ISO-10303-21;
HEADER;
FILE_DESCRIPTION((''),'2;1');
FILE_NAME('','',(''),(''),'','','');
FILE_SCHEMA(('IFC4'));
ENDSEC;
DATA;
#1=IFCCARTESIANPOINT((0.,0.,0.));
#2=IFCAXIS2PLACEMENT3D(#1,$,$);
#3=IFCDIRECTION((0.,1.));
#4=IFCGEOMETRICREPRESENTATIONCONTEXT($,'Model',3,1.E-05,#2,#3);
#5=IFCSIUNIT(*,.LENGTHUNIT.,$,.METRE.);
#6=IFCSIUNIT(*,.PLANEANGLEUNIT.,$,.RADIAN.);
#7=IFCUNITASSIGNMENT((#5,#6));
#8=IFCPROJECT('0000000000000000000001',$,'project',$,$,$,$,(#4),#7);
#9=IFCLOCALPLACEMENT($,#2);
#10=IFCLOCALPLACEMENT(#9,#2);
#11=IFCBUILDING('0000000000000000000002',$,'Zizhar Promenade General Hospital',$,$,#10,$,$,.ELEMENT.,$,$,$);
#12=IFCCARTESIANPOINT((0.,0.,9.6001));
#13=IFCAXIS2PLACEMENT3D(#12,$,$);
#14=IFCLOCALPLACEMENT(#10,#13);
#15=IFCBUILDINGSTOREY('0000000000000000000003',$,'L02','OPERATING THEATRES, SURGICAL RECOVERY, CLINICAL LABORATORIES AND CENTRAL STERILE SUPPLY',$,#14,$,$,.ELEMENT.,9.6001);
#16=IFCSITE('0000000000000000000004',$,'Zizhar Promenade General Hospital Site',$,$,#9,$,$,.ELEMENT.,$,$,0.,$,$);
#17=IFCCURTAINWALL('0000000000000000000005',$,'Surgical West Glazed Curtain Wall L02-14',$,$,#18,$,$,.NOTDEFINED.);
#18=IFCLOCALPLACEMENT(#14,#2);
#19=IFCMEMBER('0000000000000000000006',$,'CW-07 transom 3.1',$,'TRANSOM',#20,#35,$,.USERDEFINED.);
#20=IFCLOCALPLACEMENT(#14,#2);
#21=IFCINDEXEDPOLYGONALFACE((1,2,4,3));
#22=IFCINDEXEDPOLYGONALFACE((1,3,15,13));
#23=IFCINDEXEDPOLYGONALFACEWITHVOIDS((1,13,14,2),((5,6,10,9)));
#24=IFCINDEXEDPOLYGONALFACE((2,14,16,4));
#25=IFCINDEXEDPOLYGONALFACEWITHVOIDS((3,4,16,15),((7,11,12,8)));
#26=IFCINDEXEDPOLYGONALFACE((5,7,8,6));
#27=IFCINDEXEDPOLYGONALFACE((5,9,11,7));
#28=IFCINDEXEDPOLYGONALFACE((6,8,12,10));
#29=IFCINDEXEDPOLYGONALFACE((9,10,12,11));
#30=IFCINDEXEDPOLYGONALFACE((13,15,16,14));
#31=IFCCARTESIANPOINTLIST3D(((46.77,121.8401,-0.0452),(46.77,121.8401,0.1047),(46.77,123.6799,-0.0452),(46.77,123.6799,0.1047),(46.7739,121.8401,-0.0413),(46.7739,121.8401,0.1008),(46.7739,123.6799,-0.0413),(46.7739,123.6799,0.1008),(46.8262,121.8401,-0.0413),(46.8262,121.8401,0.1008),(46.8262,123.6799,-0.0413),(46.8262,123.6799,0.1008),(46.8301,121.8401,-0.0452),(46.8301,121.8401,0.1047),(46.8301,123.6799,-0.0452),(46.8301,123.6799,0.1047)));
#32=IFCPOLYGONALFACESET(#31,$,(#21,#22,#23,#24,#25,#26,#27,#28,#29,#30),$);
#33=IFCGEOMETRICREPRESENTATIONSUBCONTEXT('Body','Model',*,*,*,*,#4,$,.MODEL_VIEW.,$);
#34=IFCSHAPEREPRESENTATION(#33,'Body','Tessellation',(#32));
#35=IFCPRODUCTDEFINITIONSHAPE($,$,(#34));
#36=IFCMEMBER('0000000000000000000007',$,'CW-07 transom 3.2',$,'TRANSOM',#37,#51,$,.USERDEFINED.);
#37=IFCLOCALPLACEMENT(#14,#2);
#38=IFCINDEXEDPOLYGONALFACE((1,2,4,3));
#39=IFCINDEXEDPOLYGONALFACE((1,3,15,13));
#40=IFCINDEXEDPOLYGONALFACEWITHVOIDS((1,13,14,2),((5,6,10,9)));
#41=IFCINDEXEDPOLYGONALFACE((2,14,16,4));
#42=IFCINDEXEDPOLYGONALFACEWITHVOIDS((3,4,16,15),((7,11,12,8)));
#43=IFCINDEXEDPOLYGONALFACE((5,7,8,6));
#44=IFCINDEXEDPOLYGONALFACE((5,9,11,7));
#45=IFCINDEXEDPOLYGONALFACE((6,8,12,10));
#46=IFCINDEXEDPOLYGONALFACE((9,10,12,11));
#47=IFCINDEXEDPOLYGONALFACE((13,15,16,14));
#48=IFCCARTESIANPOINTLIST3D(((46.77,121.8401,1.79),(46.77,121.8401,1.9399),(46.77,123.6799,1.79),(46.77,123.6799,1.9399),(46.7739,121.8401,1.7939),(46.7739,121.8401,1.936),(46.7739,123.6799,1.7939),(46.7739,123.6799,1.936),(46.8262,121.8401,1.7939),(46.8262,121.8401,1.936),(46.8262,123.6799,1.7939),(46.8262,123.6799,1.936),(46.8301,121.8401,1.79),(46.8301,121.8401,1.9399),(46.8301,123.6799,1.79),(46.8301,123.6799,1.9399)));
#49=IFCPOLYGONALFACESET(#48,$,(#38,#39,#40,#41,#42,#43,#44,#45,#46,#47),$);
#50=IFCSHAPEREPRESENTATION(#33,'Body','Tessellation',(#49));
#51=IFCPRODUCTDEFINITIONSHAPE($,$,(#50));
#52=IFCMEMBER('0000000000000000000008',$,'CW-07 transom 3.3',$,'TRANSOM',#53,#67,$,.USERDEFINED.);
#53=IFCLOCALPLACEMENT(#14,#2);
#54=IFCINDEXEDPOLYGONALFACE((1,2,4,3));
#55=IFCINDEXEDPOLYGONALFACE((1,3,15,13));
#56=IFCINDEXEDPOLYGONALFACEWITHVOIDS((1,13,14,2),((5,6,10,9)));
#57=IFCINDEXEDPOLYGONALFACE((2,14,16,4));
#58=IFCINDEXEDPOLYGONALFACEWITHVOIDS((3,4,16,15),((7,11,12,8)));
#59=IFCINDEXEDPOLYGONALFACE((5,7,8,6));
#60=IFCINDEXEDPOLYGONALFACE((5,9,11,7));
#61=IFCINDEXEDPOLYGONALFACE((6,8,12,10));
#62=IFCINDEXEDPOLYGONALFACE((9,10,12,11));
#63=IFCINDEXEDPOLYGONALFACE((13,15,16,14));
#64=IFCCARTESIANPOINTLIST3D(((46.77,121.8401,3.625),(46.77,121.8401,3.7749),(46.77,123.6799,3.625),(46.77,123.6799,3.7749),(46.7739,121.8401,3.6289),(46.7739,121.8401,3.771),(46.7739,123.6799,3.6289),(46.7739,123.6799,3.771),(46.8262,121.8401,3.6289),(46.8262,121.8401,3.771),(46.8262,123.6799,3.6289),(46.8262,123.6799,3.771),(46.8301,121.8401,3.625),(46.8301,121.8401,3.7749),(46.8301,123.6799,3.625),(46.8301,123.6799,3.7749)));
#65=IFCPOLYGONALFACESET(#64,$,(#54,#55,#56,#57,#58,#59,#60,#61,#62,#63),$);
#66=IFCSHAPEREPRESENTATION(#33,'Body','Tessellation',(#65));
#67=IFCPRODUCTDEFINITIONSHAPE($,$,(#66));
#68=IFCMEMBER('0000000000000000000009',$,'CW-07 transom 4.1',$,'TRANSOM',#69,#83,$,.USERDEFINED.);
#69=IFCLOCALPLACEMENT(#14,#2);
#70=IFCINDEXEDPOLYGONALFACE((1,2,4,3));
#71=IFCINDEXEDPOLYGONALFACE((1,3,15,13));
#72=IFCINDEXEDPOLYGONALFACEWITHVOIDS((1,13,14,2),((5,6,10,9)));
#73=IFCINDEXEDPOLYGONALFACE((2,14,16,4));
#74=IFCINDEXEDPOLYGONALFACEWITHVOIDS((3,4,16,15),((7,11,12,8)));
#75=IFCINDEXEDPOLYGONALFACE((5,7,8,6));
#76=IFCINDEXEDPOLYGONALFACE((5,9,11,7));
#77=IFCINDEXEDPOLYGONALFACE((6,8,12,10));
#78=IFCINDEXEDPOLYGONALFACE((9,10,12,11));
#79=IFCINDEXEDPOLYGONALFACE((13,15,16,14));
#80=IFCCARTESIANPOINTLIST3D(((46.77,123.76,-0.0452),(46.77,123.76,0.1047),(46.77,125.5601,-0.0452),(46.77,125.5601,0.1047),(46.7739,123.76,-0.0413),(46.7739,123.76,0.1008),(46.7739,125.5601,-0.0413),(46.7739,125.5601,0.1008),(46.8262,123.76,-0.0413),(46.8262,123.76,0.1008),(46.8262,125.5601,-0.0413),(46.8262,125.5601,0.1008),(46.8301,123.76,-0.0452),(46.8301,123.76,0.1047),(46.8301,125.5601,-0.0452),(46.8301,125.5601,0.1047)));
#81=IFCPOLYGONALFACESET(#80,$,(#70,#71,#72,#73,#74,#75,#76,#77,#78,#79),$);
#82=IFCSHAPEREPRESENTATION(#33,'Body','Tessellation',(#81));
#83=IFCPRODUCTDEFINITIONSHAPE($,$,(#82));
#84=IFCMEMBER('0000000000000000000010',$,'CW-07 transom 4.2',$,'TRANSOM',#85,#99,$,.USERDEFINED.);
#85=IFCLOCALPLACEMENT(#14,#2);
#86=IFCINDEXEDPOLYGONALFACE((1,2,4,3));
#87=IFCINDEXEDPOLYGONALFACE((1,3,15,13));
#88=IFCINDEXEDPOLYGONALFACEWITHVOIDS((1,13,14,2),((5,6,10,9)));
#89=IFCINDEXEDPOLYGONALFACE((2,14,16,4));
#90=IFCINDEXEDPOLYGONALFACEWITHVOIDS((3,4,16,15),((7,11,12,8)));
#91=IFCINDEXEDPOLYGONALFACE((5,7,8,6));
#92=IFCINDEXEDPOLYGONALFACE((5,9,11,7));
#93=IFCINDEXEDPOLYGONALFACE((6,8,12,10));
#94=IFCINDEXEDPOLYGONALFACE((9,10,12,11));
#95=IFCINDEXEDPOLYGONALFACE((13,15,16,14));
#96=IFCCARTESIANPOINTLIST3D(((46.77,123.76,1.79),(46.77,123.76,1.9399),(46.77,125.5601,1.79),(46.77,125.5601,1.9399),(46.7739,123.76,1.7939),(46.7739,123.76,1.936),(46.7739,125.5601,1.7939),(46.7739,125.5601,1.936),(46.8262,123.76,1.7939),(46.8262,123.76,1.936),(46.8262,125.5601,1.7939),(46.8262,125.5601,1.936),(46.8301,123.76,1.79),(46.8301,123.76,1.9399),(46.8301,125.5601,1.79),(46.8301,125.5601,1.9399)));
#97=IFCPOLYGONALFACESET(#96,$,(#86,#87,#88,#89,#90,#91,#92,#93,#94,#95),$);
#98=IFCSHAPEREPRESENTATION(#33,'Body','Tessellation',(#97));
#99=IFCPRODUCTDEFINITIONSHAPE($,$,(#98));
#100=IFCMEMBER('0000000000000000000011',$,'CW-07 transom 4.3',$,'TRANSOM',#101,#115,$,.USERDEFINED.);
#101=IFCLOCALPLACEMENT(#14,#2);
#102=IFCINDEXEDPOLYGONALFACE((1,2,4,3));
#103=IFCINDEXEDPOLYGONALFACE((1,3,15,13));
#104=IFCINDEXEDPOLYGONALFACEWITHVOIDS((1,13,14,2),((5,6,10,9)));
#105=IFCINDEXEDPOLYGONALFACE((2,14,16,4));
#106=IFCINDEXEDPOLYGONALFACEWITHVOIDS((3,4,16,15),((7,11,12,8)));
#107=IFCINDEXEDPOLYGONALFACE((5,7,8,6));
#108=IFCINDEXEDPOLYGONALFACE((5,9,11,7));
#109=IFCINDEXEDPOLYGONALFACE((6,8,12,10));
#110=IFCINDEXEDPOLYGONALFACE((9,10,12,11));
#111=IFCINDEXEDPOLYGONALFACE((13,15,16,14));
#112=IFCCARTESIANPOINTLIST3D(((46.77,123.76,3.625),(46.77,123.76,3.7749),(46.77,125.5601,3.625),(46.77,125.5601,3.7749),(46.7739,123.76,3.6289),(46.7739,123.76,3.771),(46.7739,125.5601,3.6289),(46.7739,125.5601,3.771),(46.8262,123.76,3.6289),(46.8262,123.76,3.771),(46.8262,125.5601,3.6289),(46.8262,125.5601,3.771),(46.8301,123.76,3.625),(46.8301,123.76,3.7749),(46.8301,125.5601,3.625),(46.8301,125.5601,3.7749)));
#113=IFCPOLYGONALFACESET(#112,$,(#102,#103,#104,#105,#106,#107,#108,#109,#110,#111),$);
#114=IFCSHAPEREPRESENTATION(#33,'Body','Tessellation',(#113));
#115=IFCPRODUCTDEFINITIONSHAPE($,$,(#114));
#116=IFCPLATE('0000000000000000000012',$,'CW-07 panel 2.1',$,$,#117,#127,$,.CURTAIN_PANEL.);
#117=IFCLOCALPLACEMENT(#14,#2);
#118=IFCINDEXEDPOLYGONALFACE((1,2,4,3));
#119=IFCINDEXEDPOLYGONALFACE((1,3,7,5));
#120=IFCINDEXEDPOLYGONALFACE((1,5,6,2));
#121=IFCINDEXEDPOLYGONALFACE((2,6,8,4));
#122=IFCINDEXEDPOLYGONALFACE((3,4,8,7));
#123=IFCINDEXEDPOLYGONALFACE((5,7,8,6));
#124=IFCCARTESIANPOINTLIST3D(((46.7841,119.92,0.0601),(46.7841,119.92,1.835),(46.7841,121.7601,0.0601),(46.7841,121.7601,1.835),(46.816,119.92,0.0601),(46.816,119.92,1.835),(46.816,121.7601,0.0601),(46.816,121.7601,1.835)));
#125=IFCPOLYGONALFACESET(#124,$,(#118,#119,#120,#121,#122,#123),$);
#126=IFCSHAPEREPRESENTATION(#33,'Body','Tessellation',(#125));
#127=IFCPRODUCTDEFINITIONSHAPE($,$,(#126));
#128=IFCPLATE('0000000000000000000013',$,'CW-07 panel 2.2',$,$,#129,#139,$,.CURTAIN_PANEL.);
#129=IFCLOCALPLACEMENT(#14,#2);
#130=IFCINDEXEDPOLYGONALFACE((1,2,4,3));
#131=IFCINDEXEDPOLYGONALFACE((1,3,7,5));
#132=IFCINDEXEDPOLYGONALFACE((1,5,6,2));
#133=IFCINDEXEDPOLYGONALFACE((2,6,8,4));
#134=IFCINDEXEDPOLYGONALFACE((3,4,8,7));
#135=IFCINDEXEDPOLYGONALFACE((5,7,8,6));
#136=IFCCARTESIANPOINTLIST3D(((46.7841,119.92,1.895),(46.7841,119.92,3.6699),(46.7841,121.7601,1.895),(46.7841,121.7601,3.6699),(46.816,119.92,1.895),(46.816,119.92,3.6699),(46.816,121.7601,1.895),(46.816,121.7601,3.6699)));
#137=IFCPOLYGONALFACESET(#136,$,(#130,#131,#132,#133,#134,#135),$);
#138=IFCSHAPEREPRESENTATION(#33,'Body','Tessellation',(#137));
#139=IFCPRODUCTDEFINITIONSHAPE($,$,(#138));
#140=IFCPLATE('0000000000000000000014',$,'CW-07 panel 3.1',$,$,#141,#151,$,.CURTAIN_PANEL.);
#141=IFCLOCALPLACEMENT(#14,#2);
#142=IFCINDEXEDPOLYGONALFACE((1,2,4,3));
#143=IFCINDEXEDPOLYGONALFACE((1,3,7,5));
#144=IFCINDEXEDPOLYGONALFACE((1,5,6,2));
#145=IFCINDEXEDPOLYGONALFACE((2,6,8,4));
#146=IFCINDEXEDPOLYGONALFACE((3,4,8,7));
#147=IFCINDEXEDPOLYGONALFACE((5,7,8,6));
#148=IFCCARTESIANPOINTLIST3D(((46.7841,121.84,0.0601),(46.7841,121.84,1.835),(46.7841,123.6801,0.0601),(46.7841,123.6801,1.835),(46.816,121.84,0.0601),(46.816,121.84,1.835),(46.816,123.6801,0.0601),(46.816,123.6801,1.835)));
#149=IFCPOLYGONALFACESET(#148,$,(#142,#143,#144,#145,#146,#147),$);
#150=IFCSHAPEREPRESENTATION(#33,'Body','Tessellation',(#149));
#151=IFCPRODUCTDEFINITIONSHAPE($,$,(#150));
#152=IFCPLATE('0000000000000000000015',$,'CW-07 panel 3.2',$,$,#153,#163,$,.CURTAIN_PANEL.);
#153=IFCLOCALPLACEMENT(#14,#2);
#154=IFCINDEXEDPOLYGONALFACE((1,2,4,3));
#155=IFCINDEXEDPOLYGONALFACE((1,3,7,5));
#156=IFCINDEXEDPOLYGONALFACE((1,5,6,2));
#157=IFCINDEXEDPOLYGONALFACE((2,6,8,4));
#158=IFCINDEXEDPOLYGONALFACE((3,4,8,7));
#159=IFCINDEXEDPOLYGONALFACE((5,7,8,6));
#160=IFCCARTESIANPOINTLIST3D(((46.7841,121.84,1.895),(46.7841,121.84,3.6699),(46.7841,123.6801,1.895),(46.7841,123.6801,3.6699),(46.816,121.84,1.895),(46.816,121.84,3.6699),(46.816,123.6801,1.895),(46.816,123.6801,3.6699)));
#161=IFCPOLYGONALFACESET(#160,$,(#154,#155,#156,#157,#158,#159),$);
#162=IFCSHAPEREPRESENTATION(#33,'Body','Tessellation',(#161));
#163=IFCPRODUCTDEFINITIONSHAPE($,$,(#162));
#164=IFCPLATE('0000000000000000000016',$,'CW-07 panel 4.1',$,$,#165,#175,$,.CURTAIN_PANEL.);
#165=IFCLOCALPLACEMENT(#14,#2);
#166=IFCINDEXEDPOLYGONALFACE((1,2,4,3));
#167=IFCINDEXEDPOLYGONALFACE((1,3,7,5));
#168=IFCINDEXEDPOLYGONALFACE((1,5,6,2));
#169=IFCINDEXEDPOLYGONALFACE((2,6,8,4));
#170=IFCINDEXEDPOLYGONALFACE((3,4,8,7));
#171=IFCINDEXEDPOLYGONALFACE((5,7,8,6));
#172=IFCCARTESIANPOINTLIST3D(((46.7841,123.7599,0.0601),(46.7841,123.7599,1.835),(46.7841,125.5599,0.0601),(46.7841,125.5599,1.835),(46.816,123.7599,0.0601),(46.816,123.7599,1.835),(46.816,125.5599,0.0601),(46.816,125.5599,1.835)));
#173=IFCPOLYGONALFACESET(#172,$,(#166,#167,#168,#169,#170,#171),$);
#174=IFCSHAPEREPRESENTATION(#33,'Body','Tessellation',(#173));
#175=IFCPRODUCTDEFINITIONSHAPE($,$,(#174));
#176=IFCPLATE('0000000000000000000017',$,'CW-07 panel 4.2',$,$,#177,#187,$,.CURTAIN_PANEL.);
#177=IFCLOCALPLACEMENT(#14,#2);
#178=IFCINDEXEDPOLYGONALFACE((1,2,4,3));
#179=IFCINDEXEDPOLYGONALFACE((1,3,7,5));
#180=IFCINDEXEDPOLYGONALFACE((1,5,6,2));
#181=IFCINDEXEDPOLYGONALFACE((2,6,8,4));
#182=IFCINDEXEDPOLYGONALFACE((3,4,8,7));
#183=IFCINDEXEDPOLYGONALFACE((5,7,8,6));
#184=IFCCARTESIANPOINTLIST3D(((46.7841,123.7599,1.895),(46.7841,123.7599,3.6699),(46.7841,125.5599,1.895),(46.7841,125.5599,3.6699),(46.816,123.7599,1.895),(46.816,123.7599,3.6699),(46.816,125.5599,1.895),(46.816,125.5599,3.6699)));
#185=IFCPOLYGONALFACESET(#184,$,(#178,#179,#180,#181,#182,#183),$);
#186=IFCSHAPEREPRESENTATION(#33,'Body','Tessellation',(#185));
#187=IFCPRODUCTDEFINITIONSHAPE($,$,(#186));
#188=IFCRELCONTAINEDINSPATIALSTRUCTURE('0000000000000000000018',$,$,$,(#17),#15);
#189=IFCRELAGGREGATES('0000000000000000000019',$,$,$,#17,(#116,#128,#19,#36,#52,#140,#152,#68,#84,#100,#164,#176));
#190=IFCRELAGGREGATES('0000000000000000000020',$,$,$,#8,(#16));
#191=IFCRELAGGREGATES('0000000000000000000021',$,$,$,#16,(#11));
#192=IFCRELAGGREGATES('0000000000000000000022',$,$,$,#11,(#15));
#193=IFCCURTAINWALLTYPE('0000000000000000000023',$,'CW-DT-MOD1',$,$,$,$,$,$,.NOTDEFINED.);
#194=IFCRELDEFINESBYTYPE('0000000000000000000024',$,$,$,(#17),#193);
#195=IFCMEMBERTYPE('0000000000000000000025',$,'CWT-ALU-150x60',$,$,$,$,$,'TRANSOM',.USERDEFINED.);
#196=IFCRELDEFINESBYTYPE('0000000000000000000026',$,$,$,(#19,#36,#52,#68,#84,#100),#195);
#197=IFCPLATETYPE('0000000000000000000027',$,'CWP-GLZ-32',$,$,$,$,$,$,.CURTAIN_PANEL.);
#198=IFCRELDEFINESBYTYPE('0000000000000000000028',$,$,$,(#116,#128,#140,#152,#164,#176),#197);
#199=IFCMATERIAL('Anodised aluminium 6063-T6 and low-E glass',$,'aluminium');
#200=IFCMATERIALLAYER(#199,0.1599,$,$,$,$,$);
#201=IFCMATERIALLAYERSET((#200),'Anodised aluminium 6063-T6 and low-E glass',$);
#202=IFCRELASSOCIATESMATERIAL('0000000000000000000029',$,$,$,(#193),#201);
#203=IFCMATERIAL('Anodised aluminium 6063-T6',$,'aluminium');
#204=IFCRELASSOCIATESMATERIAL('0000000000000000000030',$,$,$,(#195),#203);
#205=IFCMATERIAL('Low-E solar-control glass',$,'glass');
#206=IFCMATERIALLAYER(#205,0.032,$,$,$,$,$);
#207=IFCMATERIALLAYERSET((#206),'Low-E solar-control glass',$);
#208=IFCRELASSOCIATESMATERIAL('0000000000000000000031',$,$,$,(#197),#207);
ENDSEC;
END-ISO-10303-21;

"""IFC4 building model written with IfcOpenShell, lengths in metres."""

from ifc_helpers import new_model, si_unit, direction, frame, origin, origin_2d, place, context, subcontext, project, spatial, rectangle, hollow_rectangle, extrude, material, layer, layer_set, material_profile, profile_set, type_object, element, aggregate, save


model = new_model("IFC4")

# Units and contexts
model_context = context("Model", 3, precision=1e-05, world=origin(), true_north=direction((0.0, 1.0)))
body_context = subcontext(model_context, "Body", "Model", "MODEL_VIEW")
ifc_project = project(units=[si_unit("LENGTHUNIT", "METRE"), si_unit("PLANEANGLEUNIT", "RADIAN")], contexts=[model_context])

# Site, building, storey
site_placement = place(None, origin())
site = spatial("IfcSite", under=ifc_project, at=site_placement, Name="Zizhar Promenade General Hospital Site", CompositionType="ELEMENT", RefElevation=0.0)
building_placement = place(site_placement, origin())
building = spatial("IfcBuilding", under=site, at=building_placement, Name="Zizhar Promenade General Hospital", CompositionType="ELEMENT")
storey_placement = place(building_placement, frame((0.0, 0.0, 9.6001)))
storey = spatial("IfcBuildingStorey", under=building, at=storey_placement, Name="L02", Description="OPERATING THEATRES, SURGICAL RECOVERY, CLINICAL LABORATORIES AND CENTRAL STERILE SUPPLY", CompositionType="ELEMENT", Elevation=9.6001)

# Curtain wall, members, plates
ifc_material_1 = material(Name="Anodised aluminium 6063-T6 and low-E glass", Category="aluminium")
ifc_layer_1 = layer(ifc_material_1, 0.1599)
ifc_layer_set_1 = layer_set([ifc_layer_1], Name="Anodised aluminium 6063-T6 and low-E glass")
curtain_wall_type = type_object("IfcCurtainWallType", Name="CW-DT-MOD1", PredefinedType="NOTDEFINED", material=ifc_layer_set_1)
curtain_wall_placement = place(storey_placement, origin())
curtain_wall = element("IfcCurtainWall", 1, at=curtain_wall_placement, inside=storey, type_object=curtain_wall_type, Name="Surgical West Glazed Curtain Wall L02-14", PredefinedType="NOTDEFINED")
ifc_material_2 = material(Name="Anodised aluminium 6063-T6", Category="aluminium")
ifc_material_profile_1 = material_profile(ifc_material_2, hollow_rectangle(XDim=0.0601, YDim=0.1499, WallThickness=0.0039, at=origin_2d()))
ifc_profile_set_1 = profile_set([ifc_material_profile_1], Name="Anodised aluminium 6063-T6")
member_type_1 = type_object("IfcMemberType", Name="CWT-ALU-150x60", ElementType="TRANSOM", PredefinedType="USERDEFINED", material=ifc_profile_set_1)
member_1_placement = place(storey_placement, frame((46.8, 121.8401, 0.0298), z_axis=(0.0, 1.0, 0.0), x_axis=(-1.0, 0.0, 0.0)))
member_1 = element("IfcMember", 2, at=member_1_placement, type_object=member_type_1, Name="CW-07 transom 3.1", ObjectType="TRANSOM", PredefinedType="USERDEFINED", context=body_context, shape_type="SweptSolid", body=[
    extrude(hollow_rectangle(XDim=0.0601, YDim=0.1499, WallThickness=0.0039, at=origin_2d()), origin(), (0.0, 0.0, 1.0), 1.8398),
])
member_2_placement = place(storey_placement, frame((46.8, 121.8401, 1.865), z_axis=(0.0, 1.0, 0.0), x_axis=(-1.0, 0.0, 0.0)))
member_2 = element("IfcMember", 3, at=member_2_placement, type_object=member_type_1, Name="CW-07 transom 3.2", ObjectType="TRANSOM", PredefinedType="USERDEFINED", context=body_context, shape_type="SweptSolid", body=[
    extrude(hollow_rectangle(XDim=0.0601, YDim=0.1499, WallThickness=0.0039, at=origin_2d()), origin(), (0.0, 0.0, 1.0), 1.8398),
])
member_3_placement = place(storey_placement, frame((46.8, 121.8401, 3.7), z_axis=(0.0, 1.0, 0.0), x_axis=(-1.0, 0.0, 0.0)))
member_3 = element("IfcMember", 4, at=member_3_placement, type_object=member_type_1, Name="CW-07 transom 3.3", ObjectType="TRANSOM", PredefinedType="USERDEFINED", context=body_context, shape_type="SweptSolid", body=[
    extrude(hollow_rectangle(XDim=0.0601, YDim=0.1499, WallThickness=0.0039, at=origin_2d()), origin(), (0.0, 0.0, 1.0), 1.8398),
])
member_4_placement = place(storey_placement, frame((46.8, 123.76, 0.0298), z_axis=(0.0, 1.0, 0.0), x_axis=(-1.0, 0.0, 0.0)))
member_4 = element("IfcMember", 5, at=member_4_placement, type_object=member_type_1, Name="CW-07 transom 4.1", ObjectType="TRANSOM", PredefinedType="USERDEFINED", context=body_context, shape_type="SweptSolid", body=[
    extrude(hollow_rectangle(XDim=0.0601, YDim=0.1499, WallThickness=0.0039, at=origin_2d()), origin(), (0.0, 0.0, 1.0), 1.8),
])
member_5_placement = place(storey_placement, frame((46.8, 123.76, 1.865), z_axis=(0.0, 1.0, 0.0), x_axis=(-1.0, 0.0, 0.0)))
member_5 = element("IfcMember", 6, at=member_5_placement, type_object=member_type_1, Name="CW-07 transom 4.2", ObjectType="TRANSOM", PredefinedType="USERDEFINED", context=body_context, shape_type="SweptSolid", body=[
    extrude(hollow_rectangle(XDim=0.0601, YDim=0.1499, WallThickness=0.0039, at=origin_2d()), origin(), (0.0, 0.0, 1.0), 1.8),
])
member_6_placement = place(storey_placement, frame((46.8, 123.76, 3.7), z_axis=(0.0, 1.0, 0.0), x_axis=(-1.0, 0.0, 0.0)))
member_6 = element("IfcMember", 7, at=member_6_placement, type_object=member_type_1, Name="CW-07 transom 4.3", ObjectType="TRANSOM", PredefinedType="USERDEFINED", context=body_context, shape_type="SweptSolid", body=[
    extrude(hollow_rectangle(XDim=0.0601, YDim=0.1499, WallThickness=0.0039, at=origin_2d()), origin(), (0.0, 0.0, 1.0), 1.8),
])
ifc_material_3 = material(Name="Low-E solar-control glass", Category="glass")
ifc_layer_2 = layer(ifc_material_3, 0.032)
ifc_layer_set_2 = layer_set([ifc_layer_2], Name="Low-E solar-control glass")
plate_type = type_object("IfcPlateType", Name="CWP-GLZ-32", PredefinedType="CURTAIN_PANEL", material=ifc_layer_set_2)
plate_1_placement = place(storey_placement, frame((46.8, 120.8401, 0.0601), z_axis=(0.0, 0.0, 1.0), x_axis=(0.0, 1.0, 0.0)))
plate_1 = element("IfcPlate", 8, at=plate_1_placement, type_object=plate_type, Name="CW-07 panel 2.1", PredefinedType="CURTAIN_PANEL", context=body_context, shape_type="SweptSolid", body=[
    extrude(rectangle(XDim=1.8401, YDim=0.032, at=origin_2d()), origin(), (0.0, 0.0, 1.0), 1.7749),
])
plate_2_placement = place(storey_placement, frame((46.8, 120.8401, 1.895), z_axis=(0.0, 0.0, 1.0), x_axis=(0.0, 1.0, 0.0)))
plate_2 = element("IfcPlate", 9, at=plate_2_placement, type_object=plate_type, Name="CW-07 panel 2.2", PredefinedType="CURTAIN_PANEL", context=body_context, shape_type="SweptSolid", body=[
    extrude(rectangle(XDim=1.8401, YDim=0.032, at=origin_2d()), origin(), (0.0, 0.0, 1.0), 1.7749),
])
plate_3_placement = place(storey_placement, frame((46.8, 122.76, 0.0601), z_axis=(0.0, 0.0, 1.0), x_axis=(0.0, 1.0, 0.0)))
plate_3 = element("IfcPlate", 10, at=plate_3_placement, type_object=plate_type, Name="CW-07 panel 3.1", PredefinedType="CURTAIN_PANEL", context=body_context, shape_type="SweptSolid", body=[
    extrude(rectangle(XDim=1.8401, YDim=0.032, at=origin_2d()), origin(), (0.0, 0.0, 1.0), 1.7749),
])
plate_4_placement = place(storey_placement, frame((46.8, 122.76, 1.895), z_axis=(0.0, 0.0, 1.0), x_axis=(0.0, 1.0, 0.0)))
plate_4 = element("IfcPlate", 11, at=plate_4_placement, type_object=plate_type, Name="CW-07 panel 3.2", PredefinedType="CURTAIN_PANEL", context=body_context, shape_type="SweptSolid", body=[
    extrude(rectangle(XDim=1.8401, YDim=0.032, at=origin_2d()), origin(), (0.0, 0.0, 1.0), 1.7749),
])
plate_5_placement = place(storey_placement, frame((46.8, 124.6599, 0.0601), z_axis=(0.0, 0.0, 1.0), x_axis=(0.0, 1.0, 0.0)))
plate_5 = element("IfcPlate", 12, at=plate_5_placement, type_object=plate_type, Name="CW-07 panel 4.1", PredefinedType="CURTAIN_PANEL", context=body_context, shape_type="SweptSolid", body=[
    extrude(rectangle(XDim=1.8, YDim=0.032, at=origin_2d()), origin(), (0.0, 0.0, 1.0), 1.7749),
])
plate_6_placement = place(storey_placement, frame((46.8, 124.6599, 1.895), z_axis=(0.0, 0.0, 1.0), x_axis=(0.0, 1.0, 0.0)))
plate_6 = element("IfcPlate", 13, at=plate_6_placement, type_object=plate_type, Name="CW-07 panel 4.2", PredefinedType="CURTAIN_PANEL", context=body_context, shape_type="SweptSolid", body=[
    extrude(rectangle(XDim=1.8, YDim=0.032, at=origin_2d()), origin(), (0.0, 0.0, 1.0), 1.7749),
])
aggregate(curtain_wall, [plate_1, plate_2, member_1, member_2, member_3, plate_3, plate_4, member_4, member_5, member_6, plate_5, plate_6])

save(model, "model.ifc")
